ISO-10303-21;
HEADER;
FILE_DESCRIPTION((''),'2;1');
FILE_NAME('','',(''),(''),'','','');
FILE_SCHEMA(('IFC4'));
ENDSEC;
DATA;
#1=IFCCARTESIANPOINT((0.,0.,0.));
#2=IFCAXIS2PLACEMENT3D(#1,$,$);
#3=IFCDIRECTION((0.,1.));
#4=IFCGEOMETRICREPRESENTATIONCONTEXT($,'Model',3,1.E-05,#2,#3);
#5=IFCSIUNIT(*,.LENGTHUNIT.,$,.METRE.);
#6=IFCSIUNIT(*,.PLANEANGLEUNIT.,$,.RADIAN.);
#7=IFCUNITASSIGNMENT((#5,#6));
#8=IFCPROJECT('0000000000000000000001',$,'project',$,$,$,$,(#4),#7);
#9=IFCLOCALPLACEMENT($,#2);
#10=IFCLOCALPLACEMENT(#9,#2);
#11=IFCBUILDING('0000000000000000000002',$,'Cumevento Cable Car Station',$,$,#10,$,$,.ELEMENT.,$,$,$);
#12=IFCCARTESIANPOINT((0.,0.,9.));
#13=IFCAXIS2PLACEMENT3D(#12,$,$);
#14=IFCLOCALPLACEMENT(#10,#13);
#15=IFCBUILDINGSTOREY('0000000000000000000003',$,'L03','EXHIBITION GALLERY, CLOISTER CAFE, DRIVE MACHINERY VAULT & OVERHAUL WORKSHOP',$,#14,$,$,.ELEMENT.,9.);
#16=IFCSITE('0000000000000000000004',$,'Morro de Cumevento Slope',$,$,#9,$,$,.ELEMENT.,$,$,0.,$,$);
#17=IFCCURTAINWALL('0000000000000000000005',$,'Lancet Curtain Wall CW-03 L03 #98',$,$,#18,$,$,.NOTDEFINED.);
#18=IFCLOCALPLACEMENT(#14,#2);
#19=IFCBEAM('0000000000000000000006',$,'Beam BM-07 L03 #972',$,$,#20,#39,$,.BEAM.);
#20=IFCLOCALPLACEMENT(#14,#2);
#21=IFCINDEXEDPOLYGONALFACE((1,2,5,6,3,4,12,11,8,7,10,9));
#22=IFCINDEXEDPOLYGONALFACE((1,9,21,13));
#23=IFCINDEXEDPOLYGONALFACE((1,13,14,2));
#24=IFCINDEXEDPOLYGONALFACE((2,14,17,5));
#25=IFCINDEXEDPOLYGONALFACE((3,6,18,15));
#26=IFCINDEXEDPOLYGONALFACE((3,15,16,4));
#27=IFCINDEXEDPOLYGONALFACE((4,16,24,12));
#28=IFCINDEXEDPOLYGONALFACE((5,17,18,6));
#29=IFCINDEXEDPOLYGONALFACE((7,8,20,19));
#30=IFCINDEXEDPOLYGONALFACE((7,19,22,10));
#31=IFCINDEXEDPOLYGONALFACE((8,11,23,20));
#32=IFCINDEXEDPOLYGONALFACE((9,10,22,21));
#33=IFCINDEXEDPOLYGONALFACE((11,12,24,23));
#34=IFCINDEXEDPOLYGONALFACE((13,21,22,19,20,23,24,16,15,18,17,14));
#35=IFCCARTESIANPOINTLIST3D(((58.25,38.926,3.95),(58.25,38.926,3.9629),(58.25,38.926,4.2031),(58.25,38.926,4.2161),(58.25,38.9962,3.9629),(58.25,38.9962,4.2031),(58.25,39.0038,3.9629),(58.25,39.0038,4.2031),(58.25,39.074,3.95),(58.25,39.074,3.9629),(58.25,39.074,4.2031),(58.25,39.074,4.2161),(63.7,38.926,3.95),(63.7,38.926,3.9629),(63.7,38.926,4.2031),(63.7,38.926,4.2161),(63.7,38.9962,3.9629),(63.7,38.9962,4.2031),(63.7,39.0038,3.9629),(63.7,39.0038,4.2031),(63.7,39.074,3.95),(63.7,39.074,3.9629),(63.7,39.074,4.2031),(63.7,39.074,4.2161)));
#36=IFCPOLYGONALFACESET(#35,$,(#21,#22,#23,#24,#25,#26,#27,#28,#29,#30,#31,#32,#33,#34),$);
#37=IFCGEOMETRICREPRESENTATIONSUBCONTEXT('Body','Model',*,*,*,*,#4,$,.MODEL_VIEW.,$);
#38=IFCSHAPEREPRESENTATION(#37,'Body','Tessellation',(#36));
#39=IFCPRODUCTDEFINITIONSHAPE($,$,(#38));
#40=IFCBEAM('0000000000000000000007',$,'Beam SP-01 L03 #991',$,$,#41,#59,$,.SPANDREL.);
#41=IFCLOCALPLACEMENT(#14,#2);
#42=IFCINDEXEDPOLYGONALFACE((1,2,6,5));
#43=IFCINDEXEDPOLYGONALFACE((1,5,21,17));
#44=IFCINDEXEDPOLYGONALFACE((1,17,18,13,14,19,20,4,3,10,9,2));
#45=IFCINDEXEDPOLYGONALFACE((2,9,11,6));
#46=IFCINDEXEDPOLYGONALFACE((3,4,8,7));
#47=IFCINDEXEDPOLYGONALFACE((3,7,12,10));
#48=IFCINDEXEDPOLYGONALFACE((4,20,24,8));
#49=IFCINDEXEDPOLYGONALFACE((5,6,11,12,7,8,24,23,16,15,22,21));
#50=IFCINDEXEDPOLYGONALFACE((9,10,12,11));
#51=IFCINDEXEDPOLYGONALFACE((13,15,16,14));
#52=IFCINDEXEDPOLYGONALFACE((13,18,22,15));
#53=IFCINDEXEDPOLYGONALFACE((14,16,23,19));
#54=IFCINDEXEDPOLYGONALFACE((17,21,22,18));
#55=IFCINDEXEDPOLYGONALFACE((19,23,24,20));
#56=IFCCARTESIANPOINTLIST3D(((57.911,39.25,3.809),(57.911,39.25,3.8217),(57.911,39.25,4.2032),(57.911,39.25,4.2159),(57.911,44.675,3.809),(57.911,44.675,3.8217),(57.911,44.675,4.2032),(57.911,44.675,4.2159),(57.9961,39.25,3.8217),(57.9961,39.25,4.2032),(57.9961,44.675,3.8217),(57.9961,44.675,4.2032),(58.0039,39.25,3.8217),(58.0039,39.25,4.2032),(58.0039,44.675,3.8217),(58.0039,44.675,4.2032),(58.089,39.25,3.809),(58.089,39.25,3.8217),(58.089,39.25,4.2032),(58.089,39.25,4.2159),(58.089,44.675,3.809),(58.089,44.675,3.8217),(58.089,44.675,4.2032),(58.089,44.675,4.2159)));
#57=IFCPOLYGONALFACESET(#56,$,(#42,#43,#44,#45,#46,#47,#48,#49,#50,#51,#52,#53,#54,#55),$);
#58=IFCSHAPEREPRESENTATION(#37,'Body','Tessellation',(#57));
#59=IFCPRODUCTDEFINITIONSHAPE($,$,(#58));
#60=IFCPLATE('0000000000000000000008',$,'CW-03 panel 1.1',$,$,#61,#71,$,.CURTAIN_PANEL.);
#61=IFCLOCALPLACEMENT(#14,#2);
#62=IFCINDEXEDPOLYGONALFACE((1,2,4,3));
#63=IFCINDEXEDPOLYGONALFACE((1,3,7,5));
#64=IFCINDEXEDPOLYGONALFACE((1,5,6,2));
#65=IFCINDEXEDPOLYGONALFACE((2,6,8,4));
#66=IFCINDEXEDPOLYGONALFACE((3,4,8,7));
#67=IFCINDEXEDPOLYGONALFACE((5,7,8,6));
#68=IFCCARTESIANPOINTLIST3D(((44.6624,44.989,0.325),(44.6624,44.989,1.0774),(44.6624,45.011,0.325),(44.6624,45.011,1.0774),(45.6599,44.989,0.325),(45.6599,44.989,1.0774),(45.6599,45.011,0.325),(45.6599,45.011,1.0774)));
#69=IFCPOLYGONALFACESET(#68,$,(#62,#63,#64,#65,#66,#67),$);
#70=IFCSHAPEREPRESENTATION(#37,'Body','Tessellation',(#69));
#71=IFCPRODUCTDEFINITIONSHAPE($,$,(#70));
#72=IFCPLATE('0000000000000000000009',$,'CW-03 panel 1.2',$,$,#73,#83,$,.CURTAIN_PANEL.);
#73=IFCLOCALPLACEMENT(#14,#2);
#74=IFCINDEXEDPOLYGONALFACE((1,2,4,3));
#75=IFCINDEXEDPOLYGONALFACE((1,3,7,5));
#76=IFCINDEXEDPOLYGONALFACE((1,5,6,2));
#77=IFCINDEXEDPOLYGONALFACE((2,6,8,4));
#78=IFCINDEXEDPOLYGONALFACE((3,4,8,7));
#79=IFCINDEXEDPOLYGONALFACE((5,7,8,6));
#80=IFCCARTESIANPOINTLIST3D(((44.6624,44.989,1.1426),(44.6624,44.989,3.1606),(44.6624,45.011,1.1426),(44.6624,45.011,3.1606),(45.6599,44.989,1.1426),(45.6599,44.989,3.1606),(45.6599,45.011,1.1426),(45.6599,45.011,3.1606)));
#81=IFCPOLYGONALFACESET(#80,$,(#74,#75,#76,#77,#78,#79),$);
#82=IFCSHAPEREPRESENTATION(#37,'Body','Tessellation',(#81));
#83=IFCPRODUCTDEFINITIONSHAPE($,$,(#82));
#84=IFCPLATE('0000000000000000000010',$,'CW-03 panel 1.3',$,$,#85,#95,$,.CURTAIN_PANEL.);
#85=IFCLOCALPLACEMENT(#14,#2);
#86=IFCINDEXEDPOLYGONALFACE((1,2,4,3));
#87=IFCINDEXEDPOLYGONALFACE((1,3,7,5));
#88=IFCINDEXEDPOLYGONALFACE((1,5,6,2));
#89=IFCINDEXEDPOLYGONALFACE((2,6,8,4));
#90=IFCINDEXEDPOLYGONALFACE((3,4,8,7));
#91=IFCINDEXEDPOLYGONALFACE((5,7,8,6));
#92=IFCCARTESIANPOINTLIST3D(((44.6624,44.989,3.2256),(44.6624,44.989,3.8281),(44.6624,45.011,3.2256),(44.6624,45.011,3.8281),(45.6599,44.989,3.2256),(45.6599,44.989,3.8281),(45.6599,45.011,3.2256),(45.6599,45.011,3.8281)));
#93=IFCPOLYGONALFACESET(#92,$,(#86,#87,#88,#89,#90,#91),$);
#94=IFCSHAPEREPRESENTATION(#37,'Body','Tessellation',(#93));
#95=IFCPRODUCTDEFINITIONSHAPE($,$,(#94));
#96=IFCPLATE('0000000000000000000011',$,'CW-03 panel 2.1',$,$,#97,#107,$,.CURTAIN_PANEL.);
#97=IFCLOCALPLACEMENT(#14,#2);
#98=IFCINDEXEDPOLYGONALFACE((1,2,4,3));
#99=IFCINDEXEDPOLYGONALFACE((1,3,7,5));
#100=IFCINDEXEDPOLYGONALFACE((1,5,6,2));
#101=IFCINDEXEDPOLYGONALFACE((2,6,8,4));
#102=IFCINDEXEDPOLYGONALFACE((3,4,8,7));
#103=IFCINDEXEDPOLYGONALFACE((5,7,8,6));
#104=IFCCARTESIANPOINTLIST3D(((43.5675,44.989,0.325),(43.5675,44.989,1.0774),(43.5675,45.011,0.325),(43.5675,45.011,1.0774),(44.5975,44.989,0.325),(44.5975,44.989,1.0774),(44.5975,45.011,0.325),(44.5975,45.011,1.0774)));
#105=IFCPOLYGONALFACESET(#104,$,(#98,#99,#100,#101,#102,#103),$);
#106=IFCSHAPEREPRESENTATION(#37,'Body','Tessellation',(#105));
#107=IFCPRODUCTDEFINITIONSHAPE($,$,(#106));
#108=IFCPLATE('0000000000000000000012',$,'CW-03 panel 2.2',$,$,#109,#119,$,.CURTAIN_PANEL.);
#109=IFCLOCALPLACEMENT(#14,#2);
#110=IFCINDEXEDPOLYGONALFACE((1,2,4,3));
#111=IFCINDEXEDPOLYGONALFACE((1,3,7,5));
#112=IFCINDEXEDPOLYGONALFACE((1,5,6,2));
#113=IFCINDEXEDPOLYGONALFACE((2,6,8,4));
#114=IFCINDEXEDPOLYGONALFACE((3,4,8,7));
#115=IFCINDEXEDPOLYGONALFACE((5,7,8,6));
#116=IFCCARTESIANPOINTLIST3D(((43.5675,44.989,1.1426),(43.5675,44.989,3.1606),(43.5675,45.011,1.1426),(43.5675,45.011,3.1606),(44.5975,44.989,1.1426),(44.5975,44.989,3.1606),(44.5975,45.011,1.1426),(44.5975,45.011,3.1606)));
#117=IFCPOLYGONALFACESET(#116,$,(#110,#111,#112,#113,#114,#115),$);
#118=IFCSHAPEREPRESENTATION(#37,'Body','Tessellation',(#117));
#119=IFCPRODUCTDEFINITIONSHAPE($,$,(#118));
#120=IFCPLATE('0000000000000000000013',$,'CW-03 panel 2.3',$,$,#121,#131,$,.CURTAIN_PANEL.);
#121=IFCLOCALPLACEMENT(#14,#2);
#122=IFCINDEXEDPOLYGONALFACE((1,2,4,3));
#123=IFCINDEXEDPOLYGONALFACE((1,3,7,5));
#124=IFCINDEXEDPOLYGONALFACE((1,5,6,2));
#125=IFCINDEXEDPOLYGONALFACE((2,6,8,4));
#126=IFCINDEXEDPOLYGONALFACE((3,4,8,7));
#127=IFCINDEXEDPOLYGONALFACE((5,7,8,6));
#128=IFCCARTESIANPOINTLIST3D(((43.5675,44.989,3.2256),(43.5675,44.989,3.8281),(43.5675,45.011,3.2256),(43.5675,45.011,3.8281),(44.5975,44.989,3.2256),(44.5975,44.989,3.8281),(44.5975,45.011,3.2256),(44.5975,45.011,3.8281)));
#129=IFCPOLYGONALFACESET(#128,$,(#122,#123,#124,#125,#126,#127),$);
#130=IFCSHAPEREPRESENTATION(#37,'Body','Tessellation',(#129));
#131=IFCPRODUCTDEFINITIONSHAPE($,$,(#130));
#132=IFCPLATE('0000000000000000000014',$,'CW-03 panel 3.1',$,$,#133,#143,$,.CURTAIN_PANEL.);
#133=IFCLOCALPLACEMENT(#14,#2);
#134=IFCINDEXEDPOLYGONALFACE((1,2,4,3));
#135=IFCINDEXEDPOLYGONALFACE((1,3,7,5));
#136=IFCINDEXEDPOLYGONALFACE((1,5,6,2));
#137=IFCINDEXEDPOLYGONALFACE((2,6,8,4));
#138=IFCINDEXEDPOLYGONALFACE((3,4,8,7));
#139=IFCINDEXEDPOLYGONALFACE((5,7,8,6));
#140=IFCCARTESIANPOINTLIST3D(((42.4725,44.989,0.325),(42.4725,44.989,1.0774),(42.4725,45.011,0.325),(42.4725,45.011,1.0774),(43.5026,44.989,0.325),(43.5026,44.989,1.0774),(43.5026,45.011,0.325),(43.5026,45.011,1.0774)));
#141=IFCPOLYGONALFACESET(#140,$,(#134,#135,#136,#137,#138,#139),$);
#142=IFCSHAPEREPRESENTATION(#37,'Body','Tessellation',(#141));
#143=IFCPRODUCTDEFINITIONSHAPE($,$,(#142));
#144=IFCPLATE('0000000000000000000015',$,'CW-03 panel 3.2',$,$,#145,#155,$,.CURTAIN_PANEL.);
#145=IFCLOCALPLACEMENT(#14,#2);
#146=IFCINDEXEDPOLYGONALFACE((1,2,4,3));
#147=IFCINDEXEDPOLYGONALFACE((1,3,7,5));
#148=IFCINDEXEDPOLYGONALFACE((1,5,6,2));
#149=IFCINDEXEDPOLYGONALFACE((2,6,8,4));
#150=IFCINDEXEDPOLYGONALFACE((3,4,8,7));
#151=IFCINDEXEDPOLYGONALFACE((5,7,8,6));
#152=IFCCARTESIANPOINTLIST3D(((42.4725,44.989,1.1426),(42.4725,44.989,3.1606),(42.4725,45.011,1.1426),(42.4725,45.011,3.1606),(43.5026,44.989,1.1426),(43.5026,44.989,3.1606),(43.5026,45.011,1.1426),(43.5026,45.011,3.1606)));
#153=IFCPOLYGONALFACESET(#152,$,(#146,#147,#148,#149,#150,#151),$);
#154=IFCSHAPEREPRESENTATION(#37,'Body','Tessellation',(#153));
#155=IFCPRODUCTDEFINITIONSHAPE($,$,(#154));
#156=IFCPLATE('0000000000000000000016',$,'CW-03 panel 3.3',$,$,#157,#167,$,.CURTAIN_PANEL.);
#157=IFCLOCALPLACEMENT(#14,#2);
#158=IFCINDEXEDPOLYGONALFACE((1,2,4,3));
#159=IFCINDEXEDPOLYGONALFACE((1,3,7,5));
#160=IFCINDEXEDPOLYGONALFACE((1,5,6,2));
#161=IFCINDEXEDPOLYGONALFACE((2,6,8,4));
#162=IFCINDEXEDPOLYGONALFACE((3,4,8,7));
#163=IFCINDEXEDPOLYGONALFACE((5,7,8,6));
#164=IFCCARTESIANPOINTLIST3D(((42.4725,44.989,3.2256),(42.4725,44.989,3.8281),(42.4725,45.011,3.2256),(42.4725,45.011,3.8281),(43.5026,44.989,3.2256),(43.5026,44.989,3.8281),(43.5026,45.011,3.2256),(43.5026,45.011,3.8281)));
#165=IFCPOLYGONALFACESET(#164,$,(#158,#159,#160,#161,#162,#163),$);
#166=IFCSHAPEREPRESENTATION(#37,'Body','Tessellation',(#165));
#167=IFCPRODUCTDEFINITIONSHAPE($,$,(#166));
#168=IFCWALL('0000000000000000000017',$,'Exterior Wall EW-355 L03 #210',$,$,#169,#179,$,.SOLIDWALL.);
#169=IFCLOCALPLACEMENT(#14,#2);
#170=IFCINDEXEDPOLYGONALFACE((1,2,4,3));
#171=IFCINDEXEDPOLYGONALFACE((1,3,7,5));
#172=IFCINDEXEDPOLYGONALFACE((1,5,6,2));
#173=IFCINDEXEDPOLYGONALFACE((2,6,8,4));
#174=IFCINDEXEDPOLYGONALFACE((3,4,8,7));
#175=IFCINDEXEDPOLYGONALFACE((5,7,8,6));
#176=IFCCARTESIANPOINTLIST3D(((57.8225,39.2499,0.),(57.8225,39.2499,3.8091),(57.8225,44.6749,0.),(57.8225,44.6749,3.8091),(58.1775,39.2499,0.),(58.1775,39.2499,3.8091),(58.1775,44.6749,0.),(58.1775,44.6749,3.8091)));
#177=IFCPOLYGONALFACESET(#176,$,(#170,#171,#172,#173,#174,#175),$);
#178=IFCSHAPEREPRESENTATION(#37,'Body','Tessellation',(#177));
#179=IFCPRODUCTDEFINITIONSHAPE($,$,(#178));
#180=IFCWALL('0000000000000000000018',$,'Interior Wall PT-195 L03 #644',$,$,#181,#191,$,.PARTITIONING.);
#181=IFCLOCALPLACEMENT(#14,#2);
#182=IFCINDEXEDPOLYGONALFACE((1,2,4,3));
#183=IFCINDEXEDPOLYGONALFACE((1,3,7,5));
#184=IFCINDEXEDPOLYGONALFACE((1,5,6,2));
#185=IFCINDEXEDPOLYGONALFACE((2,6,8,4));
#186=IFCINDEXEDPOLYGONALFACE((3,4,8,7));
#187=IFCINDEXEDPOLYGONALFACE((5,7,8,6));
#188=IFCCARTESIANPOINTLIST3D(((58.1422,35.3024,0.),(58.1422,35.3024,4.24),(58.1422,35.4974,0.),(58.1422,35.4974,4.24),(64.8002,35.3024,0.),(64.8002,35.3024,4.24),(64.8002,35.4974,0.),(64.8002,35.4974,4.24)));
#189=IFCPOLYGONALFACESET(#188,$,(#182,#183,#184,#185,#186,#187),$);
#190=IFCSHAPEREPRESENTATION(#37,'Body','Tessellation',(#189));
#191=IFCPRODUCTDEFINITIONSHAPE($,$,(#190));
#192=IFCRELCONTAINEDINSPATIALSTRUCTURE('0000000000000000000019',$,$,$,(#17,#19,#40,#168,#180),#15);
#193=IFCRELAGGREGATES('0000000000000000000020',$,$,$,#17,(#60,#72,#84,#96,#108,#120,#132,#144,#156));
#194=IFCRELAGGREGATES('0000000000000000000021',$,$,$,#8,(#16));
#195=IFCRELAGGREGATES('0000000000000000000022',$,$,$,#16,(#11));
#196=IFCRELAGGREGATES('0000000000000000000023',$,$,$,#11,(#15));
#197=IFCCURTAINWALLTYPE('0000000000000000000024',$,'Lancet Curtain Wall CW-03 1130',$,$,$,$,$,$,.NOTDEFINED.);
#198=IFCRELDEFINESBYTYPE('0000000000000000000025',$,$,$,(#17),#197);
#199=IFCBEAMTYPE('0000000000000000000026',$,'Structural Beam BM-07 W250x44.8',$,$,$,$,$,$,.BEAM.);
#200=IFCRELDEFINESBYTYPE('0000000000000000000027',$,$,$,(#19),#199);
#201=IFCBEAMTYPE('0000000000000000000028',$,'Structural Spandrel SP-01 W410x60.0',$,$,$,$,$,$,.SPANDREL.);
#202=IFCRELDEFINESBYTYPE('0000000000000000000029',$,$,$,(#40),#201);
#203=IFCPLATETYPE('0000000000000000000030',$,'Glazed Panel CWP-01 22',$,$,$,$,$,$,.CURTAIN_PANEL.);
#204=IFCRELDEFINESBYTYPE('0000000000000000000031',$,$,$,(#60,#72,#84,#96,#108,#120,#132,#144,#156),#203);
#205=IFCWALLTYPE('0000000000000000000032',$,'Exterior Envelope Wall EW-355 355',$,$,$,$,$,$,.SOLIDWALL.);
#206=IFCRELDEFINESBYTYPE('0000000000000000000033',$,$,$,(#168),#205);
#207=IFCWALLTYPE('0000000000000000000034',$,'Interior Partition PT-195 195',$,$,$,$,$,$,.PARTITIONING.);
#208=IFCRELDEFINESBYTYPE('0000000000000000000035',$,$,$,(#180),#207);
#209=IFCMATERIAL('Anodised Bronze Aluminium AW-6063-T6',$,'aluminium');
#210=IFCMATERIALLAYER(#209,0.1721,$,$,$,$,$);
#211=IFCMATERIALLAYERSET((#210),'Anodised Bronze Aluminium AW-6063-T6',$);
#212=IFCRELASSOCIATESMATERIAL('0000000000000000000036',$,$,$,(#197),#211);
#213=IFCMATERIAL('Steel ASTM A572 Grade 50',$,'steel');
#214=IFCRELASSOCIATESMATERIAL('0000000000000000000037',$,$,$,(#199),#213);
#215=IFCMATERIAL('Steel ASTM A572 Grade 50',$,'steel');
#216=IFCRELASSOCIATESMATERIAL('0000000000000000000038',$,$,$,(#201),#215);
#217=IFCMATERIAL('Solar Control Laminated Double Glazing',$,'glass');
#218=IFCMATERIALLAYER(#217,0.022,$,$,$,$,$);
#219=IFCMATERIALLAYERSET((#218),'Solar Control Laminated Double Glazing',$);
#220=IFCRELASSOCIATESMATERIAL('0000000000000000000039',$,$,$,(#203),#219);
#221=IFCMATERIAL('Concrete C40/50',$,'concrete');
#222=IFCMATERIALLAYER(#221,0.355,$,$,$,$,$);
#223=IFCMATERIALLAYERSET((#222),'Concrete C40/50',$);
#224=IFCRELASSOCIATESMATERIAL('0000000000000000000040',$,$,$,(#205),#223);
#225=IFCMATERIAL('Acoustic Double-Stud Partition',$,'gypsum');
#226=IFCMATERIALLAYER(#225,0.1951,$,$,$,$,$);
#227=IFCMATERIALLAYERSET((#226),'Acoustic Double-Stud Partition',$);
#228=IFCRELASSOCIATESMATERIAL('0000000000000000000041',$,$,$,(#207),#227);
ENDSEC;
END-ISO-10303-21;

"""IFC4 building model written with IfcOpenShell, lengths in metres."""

from ifc_helpers import new_model, si_unit, direction, frame, frame_2d, origin, origin_2d, place, context, subcontext, project, spatial, rectangle, i_section, extrude, material, layer, layer_set, material_profile, profile_set, type_object, element, aggregate, save


model = new_model("IFC4")

# Units and contexts
model_context = context("Model", 3, precision=1e-05, world=origin(), true_north=direction((0.0, 1.0)))
body_context = subcontext(model_context, "Body", "Model", "MODEL_VIEW")
ifc_project = project(units=[si_unit("LENGTHUNIT", "METRE"), si_unit("PLANEANGLEUNIT", "RADIAN")], contexts=[model_context])

# Site, building, storey
site_placement = place(None, origin())
site = spatial("IfcSite", under=ifc_project, at=site_placement, Name="Morro de Cumevento Slope", CompositionType="ELEMENT", RefElevation=0.0)
building_placement = place(site_placement, origin())
building = spatial("IfcBuilding", under=site, at=building_placement, Name="Cumevento Cable Car Station", CompositionType="ELEMENT")
storey_placement = place(building_placement, frame((0.0, 0.0, 9.0)))
storey = spatial("IfcBuildingStorey", under=building, at=storey_placement, Name="L03", Description="EXHIBITION GALLERY, CLOISTER CAFE, DRIVE MACHINERY VAULT & OVERHAUL WORKSHOP", CompositionType="ELEMENT", Elevation=9.0)

# Curtain wall
ifc_material_1 = material(Name="Anodised Bronze Aluminium AW-6063-T6", Category="aluminium")
ifc_layer_1 = layer(ifc_material_1, 0.1721)
ifc_layer_set_1 = layer_set([ifc_layer_1], Name="Anodised Bronze Aluminium AW-6063-T6")
curtain_wall_type = type_object("IfcCurtainWallType", Name="Lancet Curtain Wall CW-03 1130", PredefinedType="NOTDEFINED", material=ifc_layer_set_1)
curtain_wall_placement = place(storey_placement, origin())
curtain_wall = element("IfcCurtainWall", 1, at=curtain_wall_placement, inside=storey, type_object=curtain_wall_type, Name="Lancet Curtain Wall CW-03 L03 #98", PredefinedType="NOTDEFINED")

# Beams
ifc_material_2 = material(Name="Steel ASTM A572 Grade 50", Category="steel")
ifc_material_profile_1 = material_profile(ifc_material_2, i_section(OverallWidth=0.1479, OverallDepth=0.2661, WebThickness=0.0076, FlangeThickness=0.0129, at=origin_2d()), Name="W250x44.8")
ifc_profile_set_1 = profile_set([ifc_material_profile_1], Name="Steel ASTM A572 Grade 50")
beam_type_1 = type_object("IfcBeamType", Name="Structural Beam BM-07 W250x44.8", PredefinedType="BEAM", material=ifc_profile_set_1)
beam_1_placement = place(storey_placement, frame((58.25, 39.0, 4.083), z_axis=(1.0, 0.0, 0.0), x_axis=(0.0, 1.0, 0.0)))
element("IfcBeam", 2, at=beam_1_placement, inside=storey, type_object=beam_type_1, Name="Beam BM-07 L03 #972", PredefinedType="BEAM", context=body_context, shape_type="SweptSolid", body=[
    extrude(i_section(OverallWidth=0.1479, OverallDepth=0.2661, WebThickness=0.0076, FlangeThickness=0.0129, at=origin_2d()), origin(), (0.0, 0.0, 1.0), 5.45),
])
ifc_material_3 = material(Name="Steel ASTM A572 Grade 50", Category="steel")
ifc_material_profile_2 = material_profile(ifc_material_3, i_section(OverallWidth=0.178, OverallDepth=0.407, WebThickness=0.0078, FlangeThickness=0.0127, at=origin_2d()), Name="W410x60.0")
ifc_profile_set_2 = profile_set([ifc_material_profile_2], Name="Steel ASTM A572 Grade 50")
beam_type_2 = type_object("IfcBeamType", Name="Structural Spandrel SP-01 W410x60.0", PredefinedType="SPANDREL", material=ifc_profile_set_2)
beam_2_placement = place(storey_placement, frame((58.0, 39.25, 4.0125), z_axis=(0.0, 1.0, 0.0), x_axis=(-1.0, 0.0, 0.0)))
element("IfcBeam", 3, at=beam_2_placement, inside=storey, type_object=beam_type_2, Name="Beam SP-01 L03 #991", PredefinedType="SPANDREL", context=body_context, shape_type="SweptSolid", body=[
    extrude(i_section(OverallWidth=0.178, OverallDepth=0.407, WebThickness=0.0078, FlangeThickness=0.0127, at=origin_2d()), origin(), (0.0, 0.0, 1.0), 5.425),
])

# Plates
ifc_material_4 = material(Name="Solar Control Laminated Double Glazing", Category="glass")
ifc_layer_2 = layer(ifc_material_4, 0.022)
ifc_layer_set_2 = layer_set([ifc_layer_2], Name="Solar Control Laminated Double Glazing")
plate_type = type_object("IfcPlateType", Name="Glazed Panel CWP-01 22", PredefinedType="CURTAIN_PANEL", material=ifc_layer_set_2)
plate_1_placement = place(storey_placement, frame((45.1611, 45.0, 0.325), z_axis=(0.0, 0.0, 1.0), x_axis=(-1.0, 0.0, 0.0)))
plate_1 = element("IfcPlate", 4, at=plate_1_placement, type_object=plate_type, Name="CW-03 panel 1.1", PredefinedType="CURTAIN_PANEL", context=body_context, shape_type="SweptSolid", body=[
    extrude(rectangle(XDim=0.9976, YDim=0.022, at=origin_2d()), origin(), (0.0, 0.0, 1.0), 0.7524),
])
plate_2_placement = place(storey_placement, frame((45.1611, 45.0, 1.1426), z_axis=(0.0, 0.0, 1.0), x_axis=(-1.0, 0.0, 0.0)))
plate_2 = element("IfcPlate", 5, at=plate_2_placement, type_object=plate_type, Name="CW-03 panel 1.2", PredefinedType="CURTAIN_PANEL", context=body_context, shape_type="SweptSolid", body=[
    extrude(rectangle(XDim=0.9976, YDim=0.022, at=origin_2d()), origin(), (0.0, 0.0, 1.0), 2.0181),
])
plate_3_placement = place(storey_placement, frame((45.1611, 45.0, 3.2256), z_axis=(0.0, 0.0, 1.0), x_axis=(-1.0, 0.0, 0.0)))
plate_3 = element("IfcPlate", 6, at=plate_3_placement, type_object=plate_type, Name="CW-03 panel 1.3", PredefinedType="CURTAIN_PANEL", context=body_context, shape_type="SweptSolid", body=[
    extrude(rectangle(XDim=0.9976, YDim=0.022, at=origin_2d()), origin(), (0.0, 0.0, 1.0), 0.6025),
])
plate_4_placement = place(storey_placement, frame((44.0825, 45.0, 0.325), z_axis=(0.0, 0.0, 1.0), x_axis=(-1.0, 0.0, 0.0)))
plate_4 = element("IfcPlate", 7, at=plate_4_placement, type_object=plate_type, Name="CW-03 panel 2.1", PredefinedType="CURTAIN_PANEL", context=body_context, shape_type="SweptSolid", body=[
    extrude(rectangle(XDim=1.03, YDim=0.022, at=origin_2d()), origin(), (0.0, 0.0, 1.0), 0.7524),
])
plate_5_placement = place(storey_placement, frame((44.0825, 45.0, 1.1426), z_axis=(0.0, 0.0, 1.0), x_axis=(-1.0, 0.0, 0.0)))
plate_5 = element("IfcPlate", 8, at=plate_5_placement, type_object=plate_type, Name="CW-03 panel 2.2", PredefinedType="CURTAIN_PANEL", context=body_context, shape_type="SweptSolid", body=[
    extrude(rectangle(XDim=1.03, YDim=0.022, at=origin_2d()), origin(), (0.0, 0.0, 1.0), 2.0181),
])
plate_6_placement = place(storey_placement, frame((44.0825, 45.0, 3.2256), z_axis=(0.0, 0.0, 1.0), x_axis=(-1.0, 0.0, 0.0)))
plate_6 = element("IfcPlate", 9, at=plate_6_placement, type_object=plate_type, Name="CW-03 panel 2.3", PredefinedType="CURTAIN_PANEL", context=body_context, shape_type="SweptSolid", body=[
    extrude(rectangle(XDim=1.03, YDim=0.022, at=origin_2d()), origin(), (0.0, 0.0, 1.0), 0.6025),
])
plate_7_placement = place(storey_placement, frame((42.9875, 45.0, 0.325), z_axis=(0.0, 0.0, 1.0), x_axis=(-1.0, 0.0, 0.0)))
plate_7 = element("IfcPlate", 10, at=plate_7_placement, type_object=plate_type, Name="CW-03 panel 3.1", PredefinedType="CURTAIN_PANEL", context=body_context, shape_type="SweptSolid", body=[
    extrude(rectangle(XDim=1.03, YDim=0.022, at=origin_2d()), origin(), (0.0, 0.0, 1.0), 0.7524),
])
plate_8_placement = place(storey_placement, frame((42.9875, 45.0, 1.1426), z_axis=(0.0, 0.0, 1.0), x_axis=(-1.0, 0.0, 0.0)))
plate_8 = element("IfcPlate", 11, at=plate_8_placement, type_object=plate_type, Name="CW-03 panel 3.2", PredefinedType="CURTAIN_PANEL", context=body_context, shape_type="SweptSolid", body=[
    extrude(rectangle(XDim=1.03, YDim=0.022, at=origin_2d()), origin(), (0.0, 0.0, 1.0), 2.0181),
])
plate_9_placement = place(storey_placement, frame((42.9875, 45.0, 3.2256), z_axis=(0.0, 0.0, 1.0), x_axis=(-1.0, 0.0, 0.0)))
plate_9 = element("IfcPlate", 12, at=plate_9_placement, type_object=plate_type, Name="CW-03 panel 3.3", PredefinedType="CURTAIN_PANEL", context=body_context, shape_type="SweptSolid", body=[
    extrude(rectangle(XDim=1.03, YDim=0.022, at=origin_2d()), origin(), (0.0, 0.0, 1.0), 0.6025),
])
aggregate(curtain_wall, [plate_1, plate_2, plate_3, plate_4, plate_5, plate_6, plate_7, plate_8, plate_9])

# Walls
ifc_material_5 = material(Name="Concrete C40/50", Category="concrete")
ifc_layer_3 = layer(ifc_material_5, 0.355)
ifc_layer_set_3 = layer_set([ifc_layer_3], Name="Concrete C40/50")
wall_type_1 = type_object("IfcWallType", Name="Exterior Envelope Wall EW-355 355", PredefinedType="SOLIDWALL", material=ifc_layer_set_3)
wall_1_placement = place(storey_placement, frame((58.0, 39.25, 0.0), z_axis=(0.0, 0.0, 1.0), x_axis=(0.0, 1.0, 0.0)))
element("IfcWall", 13, at=wall_1_placement, inside=storey, type_object=wall_type_1, Name="Exterior Wall EW-355 L03 #210", PredefinedType="SOLIDWALL", context=body_context, shape_type="SweptSolid", body=[
    extrude(rectangle(XDim=5.425, YDim=0.355, at=frame_2d((2.7124, 0.0))), origin(), (0.0, 0.0, 1.0), 3.8091),
])
ifc_material_6 = material(Name="Acoustic Double-Stud Partition", Category="gypsum")
ifc_layer_4 = layer(ifc_material_6, 0.1951)
ifc_layer_set_4 = layer_set([ifc_layer_4], Name="Acoustic Double-Stud Partition")
wall_type_2 = type_object("IfcWallType", Name="Interior Partition PT-195 195", PredefinedType="PARTITIONING", material=ifc_layer_set_4)
wall_2_placement = place(storey_placement, frame((58.1421, 35.3999, 0.0), z_axis=(0.0, 0.0, 1.0), x_axis=(1.0, 0.0, 0.0)))
element("IfcWall", 14, at=wall_2_placement, inside=storey, type_object=wall_type_2, Name="Interior Wall PT-195 L03 #644", PredefinedType="PARTITIONING", context=body_context, shape_type="SweptSolid", body=[
    extrude(rectangle(XDim=6.658, YDim=0.1951, at=frame_2d((3.3291, 0.0))), origin(), (0.0, 0.0, 1.0), 4.24),
])

save(model, "model.ifc")
